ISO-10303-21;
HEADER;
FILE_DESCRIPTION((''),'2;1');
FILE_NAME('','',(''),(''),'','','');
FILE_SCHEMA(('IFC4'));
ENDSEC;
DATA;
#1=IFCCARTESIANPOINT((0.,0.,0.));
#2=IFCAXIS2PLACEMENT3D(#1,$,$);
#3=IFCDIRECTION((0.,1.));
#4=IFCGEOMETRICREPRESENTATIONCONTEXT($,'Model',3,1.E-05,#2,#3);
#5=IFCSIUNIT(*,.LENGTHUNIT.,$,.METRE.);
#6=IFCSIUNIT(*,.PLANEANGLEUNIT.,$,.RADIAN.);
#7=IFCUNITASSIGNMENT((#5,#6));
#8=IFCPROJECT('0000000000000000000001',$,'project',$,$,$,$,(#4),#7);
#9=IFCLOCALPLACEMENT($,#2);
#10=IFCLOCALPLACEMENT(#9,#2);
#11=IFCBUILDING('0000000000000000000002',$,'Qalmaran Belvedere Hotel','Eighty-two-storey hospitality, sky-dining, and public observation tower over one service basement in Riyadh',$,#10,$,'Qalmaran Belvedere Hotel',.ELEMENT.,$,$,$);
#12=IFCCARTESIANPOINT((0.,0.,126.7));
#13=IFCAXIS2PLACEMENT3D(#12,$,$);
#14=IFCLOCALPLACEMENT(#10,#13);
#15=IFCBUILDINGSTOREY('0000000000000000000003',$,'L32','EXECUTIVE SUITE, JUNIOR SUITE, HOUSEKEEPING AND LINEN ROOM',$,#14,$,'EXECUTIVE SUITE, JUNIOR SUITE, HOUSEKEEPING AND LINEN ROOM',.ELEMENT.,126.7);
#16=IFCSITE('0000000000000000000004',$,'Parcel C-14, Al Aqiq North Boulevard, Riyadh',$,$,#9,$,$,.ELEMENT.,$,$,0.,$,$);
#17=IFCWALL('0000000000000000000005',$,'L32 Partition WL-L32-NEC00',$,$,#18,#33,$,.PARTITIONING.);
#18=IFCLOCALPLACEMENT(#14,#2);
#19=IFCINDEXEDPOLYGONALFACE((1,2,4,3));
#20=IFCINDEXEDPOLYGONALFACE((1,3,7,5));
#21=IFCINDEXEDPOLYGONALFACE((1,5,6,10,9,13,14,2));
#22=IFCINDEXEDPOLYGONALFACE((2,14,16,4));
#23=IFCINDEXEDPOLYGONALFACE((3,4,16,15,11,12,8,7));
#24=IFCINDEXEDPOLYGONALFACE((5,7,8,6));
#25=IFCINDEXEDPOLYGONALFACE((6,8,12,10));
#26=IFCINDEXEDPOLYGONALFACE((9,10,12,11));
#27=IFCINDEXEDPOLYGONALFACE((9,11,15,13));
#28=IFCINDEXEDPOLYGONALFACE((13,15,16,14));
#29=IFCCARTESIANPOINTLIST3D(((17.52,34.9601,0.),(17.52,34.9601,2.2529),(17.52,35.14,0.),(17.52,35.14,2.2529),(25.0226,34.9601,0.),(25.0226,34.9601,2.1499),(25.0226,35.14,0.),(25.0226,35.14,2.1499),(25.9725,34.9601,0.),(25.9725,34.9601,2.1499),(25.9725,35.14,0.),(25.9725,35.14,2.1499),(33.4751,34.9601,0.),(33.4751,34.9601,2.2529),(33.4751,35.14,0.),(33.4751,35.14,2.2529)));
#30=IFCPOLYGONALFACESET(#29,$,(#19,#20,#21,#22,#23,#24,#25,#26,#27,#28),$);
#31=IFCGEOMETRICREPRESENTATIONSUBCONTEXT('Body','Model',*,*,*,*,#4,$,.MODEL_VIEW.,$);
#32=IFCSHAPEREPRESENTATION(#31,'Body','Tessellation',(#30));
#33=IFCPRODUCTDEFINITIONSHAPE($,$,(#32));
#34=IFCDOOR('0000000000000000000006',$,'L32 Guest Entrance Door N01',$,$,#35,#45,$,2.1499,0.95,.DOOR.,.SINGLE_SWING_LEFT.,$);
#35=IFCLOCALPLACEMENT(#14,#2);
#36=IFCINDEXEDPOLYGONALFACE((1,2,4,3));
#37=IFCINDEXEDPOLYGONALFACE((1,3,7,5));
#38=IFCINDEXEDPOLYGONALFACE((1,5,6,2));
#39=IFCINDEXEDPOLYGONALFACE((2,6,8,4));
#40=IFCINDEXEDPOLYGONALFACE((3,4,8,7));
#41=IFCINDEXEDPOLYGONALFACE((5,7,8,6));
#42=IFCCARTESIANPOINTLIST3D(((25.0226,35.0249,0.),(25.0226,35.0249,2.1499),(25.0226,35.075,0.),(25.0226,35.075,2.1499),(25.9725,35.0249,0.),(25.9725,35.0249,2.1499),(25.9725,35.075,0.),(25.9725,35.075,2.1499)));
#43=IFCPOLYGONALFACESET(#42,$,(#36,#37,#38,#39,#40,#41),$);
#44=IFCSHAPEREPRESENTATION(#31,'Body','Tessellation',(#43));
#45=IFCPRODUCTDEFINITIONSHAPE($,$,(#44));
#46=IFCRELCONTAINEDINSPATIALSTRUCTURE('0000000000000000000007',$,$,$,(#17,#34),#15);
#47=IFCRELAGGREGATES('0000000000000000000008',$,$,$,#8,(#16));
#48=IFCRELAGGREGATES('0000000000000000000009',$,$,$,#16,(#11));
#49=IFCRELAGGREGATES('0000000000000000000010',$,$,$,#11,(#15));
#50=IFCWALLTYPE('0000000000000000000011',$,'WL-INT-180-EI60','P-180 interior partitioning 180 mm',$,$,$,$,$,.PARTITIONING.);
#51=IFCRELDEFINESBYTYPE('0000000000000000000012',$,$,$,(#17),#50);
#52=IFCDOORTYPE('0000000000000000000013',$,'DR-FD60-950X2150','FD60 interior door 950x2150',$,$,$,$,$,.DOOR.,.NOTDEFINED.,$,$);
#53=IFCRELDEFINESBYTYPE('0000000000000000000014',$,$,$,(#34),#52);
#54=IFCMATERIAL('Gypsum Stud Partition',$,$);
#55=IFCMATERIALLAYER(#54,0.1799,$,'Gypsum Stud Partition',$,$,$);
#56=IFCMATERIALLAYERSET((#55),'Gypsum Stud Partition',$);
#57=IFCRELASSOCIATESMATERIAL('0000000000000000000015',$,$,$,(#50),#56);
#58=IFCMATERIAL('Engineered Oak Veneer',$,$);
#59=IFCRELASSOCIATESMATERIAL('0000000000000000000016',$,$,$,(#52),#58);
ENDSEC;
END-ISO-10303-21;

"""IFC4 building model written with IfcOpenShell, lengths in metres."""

from ifc_helpers import new_model, si_unit, direction, frame, frame_2d, origin, place, context, subcontext, project, spatial, rectangle, extrude, material, layer, layer_set, type_object, element, fill, save


model = new_model("IFC4")

# Units and contexts
model_context = context("Model", 3, precision=1e-05, world=origin(), true_north=direction((0.0, 1.0)))
body_context = subcontext(model_context, "Body", "Model", "MODEL_VIEW")
ifc_project = project(units=[si_unit("LENGTHUNIT", "METRE"), si_unit("PLANEANGLEUNIT", "RADIAN")], contexts=[model_context])

# Site, building, storey
site_placement = place(None, origin())
site = spatial("IfcSite", under=ifc_project, at=site_placement, Name="Parcel C-14, Al Aqiq North Boulevard, Riyadh", CompositionType="ELEMENT", RefElevation=0.0)
building_placement = place(site_placement, origin())
building = spatial("IfcBuilding", under=site, at=building_placement, Name="Qalmaran Belvedere Hotel", Description="Eighty-two-storey hospitality, sky-dining, and public observation tower over one service basement in Riyadh", LongName="Qalmaran Belvedere Hotel", CompositionType="ELEMENT")
storey_placement = place(building_placement, frame((0.0, 0.0, 126.7)))
storey = spatial("IfcBuildingStorey", under=building, at=storey_placement, Name="L32", Description="EXECUTIVE SUITE, JUNIOR SUITE, HOUSEKEEPING AND LINEN ROOM", LongName="EXECUTIVE SUITE, JUNIOR SUITE, HOUSEKEEPING AND LINEN ROOM", CompositionType="ELEMENT", Elevation=126.7)

# Wall, opening, door
ifc_material_1 = material(Name="Gypsum Stud Partition")
ifc_layer_1 = layer(ifc_material_1, 0.1799, Name="Gypsum Stud Partition")
ifc_layer_set_1 = layer_set([ifc_layer_1], Name="Gypsum Stud Partition")
wall_type_1 = type_object("IfcWallType", Name="WL-INT-180-EI60", Description="P-180 interior partitioning 180 mm", PredefinedType="PARTITIONING", material=ifc_layer_set_1)
wall_1_placement = place(storey_placement, frame((17.52, 35.05, 0.0), z_axis=(0.0, 0.0, 1.0), x_axis=(1.0, 0.0, 0.0)))
wall_1 = element("IfcWall", 1, at=wall_1_placement, inside=storey, type_object=wall_type_1, Name="L32 Partition WL-L32-NEC00", PredefinedType="PARTITIONING", context=body_context, shape_type="SweptSolid", body=[
    extrude(rectangle(XDim=15.9551, YDim=0.1799, at=frame_2d((7.9775, 0.0))), origin(), (0.0, 0.0, 1.0), 2.2529),
])
opening_placement = place(wall_1_placement, frame((7.5024, 0.0, 0.0)))
opening = element("IfcOpeningElement", 2, at=opening_placement, cuts=wall_1, PredefinedType="OPENING", context=body_context, shape_type="SweptSolid", body=[
    extrude(rectangle(XDim=0.95, YDim=2.1499, at=frame_2d((0.4751, 1.075))), frame((0.0, 0.1001, 0.0), z_axis=(0.0, -1.0, 0.0), x_axis=(1.0, 0.0, 0.0)), (0.0, 0.0, 1.0), 0.2),
])
ifc_material_2 = material(Name="Engineered Oak Veneer")
door_type = type_object("IfcDoorType", Name="DR-FD60-950X2150", Description="FD60 interior door 950x2150", OperationType="NOTDEFINED", PredefinedType="DOOR", material=ifc_material_2)
door_placement = place(opening_placement, origin())
door = element("IfcDoor", 3, at=door_placement, inside=storey, type_object=door_type, Name="L32 Guest Entrance Door N01", OperationType="SINGLE_SWING_LEFT", OverallHeight=2.1499, OverallWidth=0.95, PredefinedType="DOOR", context=body_context, shape_type="SweptSolid", body=[
    extrude(rectangle(XDim=0.95, YDim=2.1499, at=frame_2d((0.4751, 1.075))), frame((0.0, 0.0249, 0.0), z_axis=(0.0, -1.0, 0.0), x_axis=(1.0, 0.0, 0.0)), (0.0, 0.0, 1.0), 0.05),
])
fill(opening, door)

save(model, "model.ifc")
